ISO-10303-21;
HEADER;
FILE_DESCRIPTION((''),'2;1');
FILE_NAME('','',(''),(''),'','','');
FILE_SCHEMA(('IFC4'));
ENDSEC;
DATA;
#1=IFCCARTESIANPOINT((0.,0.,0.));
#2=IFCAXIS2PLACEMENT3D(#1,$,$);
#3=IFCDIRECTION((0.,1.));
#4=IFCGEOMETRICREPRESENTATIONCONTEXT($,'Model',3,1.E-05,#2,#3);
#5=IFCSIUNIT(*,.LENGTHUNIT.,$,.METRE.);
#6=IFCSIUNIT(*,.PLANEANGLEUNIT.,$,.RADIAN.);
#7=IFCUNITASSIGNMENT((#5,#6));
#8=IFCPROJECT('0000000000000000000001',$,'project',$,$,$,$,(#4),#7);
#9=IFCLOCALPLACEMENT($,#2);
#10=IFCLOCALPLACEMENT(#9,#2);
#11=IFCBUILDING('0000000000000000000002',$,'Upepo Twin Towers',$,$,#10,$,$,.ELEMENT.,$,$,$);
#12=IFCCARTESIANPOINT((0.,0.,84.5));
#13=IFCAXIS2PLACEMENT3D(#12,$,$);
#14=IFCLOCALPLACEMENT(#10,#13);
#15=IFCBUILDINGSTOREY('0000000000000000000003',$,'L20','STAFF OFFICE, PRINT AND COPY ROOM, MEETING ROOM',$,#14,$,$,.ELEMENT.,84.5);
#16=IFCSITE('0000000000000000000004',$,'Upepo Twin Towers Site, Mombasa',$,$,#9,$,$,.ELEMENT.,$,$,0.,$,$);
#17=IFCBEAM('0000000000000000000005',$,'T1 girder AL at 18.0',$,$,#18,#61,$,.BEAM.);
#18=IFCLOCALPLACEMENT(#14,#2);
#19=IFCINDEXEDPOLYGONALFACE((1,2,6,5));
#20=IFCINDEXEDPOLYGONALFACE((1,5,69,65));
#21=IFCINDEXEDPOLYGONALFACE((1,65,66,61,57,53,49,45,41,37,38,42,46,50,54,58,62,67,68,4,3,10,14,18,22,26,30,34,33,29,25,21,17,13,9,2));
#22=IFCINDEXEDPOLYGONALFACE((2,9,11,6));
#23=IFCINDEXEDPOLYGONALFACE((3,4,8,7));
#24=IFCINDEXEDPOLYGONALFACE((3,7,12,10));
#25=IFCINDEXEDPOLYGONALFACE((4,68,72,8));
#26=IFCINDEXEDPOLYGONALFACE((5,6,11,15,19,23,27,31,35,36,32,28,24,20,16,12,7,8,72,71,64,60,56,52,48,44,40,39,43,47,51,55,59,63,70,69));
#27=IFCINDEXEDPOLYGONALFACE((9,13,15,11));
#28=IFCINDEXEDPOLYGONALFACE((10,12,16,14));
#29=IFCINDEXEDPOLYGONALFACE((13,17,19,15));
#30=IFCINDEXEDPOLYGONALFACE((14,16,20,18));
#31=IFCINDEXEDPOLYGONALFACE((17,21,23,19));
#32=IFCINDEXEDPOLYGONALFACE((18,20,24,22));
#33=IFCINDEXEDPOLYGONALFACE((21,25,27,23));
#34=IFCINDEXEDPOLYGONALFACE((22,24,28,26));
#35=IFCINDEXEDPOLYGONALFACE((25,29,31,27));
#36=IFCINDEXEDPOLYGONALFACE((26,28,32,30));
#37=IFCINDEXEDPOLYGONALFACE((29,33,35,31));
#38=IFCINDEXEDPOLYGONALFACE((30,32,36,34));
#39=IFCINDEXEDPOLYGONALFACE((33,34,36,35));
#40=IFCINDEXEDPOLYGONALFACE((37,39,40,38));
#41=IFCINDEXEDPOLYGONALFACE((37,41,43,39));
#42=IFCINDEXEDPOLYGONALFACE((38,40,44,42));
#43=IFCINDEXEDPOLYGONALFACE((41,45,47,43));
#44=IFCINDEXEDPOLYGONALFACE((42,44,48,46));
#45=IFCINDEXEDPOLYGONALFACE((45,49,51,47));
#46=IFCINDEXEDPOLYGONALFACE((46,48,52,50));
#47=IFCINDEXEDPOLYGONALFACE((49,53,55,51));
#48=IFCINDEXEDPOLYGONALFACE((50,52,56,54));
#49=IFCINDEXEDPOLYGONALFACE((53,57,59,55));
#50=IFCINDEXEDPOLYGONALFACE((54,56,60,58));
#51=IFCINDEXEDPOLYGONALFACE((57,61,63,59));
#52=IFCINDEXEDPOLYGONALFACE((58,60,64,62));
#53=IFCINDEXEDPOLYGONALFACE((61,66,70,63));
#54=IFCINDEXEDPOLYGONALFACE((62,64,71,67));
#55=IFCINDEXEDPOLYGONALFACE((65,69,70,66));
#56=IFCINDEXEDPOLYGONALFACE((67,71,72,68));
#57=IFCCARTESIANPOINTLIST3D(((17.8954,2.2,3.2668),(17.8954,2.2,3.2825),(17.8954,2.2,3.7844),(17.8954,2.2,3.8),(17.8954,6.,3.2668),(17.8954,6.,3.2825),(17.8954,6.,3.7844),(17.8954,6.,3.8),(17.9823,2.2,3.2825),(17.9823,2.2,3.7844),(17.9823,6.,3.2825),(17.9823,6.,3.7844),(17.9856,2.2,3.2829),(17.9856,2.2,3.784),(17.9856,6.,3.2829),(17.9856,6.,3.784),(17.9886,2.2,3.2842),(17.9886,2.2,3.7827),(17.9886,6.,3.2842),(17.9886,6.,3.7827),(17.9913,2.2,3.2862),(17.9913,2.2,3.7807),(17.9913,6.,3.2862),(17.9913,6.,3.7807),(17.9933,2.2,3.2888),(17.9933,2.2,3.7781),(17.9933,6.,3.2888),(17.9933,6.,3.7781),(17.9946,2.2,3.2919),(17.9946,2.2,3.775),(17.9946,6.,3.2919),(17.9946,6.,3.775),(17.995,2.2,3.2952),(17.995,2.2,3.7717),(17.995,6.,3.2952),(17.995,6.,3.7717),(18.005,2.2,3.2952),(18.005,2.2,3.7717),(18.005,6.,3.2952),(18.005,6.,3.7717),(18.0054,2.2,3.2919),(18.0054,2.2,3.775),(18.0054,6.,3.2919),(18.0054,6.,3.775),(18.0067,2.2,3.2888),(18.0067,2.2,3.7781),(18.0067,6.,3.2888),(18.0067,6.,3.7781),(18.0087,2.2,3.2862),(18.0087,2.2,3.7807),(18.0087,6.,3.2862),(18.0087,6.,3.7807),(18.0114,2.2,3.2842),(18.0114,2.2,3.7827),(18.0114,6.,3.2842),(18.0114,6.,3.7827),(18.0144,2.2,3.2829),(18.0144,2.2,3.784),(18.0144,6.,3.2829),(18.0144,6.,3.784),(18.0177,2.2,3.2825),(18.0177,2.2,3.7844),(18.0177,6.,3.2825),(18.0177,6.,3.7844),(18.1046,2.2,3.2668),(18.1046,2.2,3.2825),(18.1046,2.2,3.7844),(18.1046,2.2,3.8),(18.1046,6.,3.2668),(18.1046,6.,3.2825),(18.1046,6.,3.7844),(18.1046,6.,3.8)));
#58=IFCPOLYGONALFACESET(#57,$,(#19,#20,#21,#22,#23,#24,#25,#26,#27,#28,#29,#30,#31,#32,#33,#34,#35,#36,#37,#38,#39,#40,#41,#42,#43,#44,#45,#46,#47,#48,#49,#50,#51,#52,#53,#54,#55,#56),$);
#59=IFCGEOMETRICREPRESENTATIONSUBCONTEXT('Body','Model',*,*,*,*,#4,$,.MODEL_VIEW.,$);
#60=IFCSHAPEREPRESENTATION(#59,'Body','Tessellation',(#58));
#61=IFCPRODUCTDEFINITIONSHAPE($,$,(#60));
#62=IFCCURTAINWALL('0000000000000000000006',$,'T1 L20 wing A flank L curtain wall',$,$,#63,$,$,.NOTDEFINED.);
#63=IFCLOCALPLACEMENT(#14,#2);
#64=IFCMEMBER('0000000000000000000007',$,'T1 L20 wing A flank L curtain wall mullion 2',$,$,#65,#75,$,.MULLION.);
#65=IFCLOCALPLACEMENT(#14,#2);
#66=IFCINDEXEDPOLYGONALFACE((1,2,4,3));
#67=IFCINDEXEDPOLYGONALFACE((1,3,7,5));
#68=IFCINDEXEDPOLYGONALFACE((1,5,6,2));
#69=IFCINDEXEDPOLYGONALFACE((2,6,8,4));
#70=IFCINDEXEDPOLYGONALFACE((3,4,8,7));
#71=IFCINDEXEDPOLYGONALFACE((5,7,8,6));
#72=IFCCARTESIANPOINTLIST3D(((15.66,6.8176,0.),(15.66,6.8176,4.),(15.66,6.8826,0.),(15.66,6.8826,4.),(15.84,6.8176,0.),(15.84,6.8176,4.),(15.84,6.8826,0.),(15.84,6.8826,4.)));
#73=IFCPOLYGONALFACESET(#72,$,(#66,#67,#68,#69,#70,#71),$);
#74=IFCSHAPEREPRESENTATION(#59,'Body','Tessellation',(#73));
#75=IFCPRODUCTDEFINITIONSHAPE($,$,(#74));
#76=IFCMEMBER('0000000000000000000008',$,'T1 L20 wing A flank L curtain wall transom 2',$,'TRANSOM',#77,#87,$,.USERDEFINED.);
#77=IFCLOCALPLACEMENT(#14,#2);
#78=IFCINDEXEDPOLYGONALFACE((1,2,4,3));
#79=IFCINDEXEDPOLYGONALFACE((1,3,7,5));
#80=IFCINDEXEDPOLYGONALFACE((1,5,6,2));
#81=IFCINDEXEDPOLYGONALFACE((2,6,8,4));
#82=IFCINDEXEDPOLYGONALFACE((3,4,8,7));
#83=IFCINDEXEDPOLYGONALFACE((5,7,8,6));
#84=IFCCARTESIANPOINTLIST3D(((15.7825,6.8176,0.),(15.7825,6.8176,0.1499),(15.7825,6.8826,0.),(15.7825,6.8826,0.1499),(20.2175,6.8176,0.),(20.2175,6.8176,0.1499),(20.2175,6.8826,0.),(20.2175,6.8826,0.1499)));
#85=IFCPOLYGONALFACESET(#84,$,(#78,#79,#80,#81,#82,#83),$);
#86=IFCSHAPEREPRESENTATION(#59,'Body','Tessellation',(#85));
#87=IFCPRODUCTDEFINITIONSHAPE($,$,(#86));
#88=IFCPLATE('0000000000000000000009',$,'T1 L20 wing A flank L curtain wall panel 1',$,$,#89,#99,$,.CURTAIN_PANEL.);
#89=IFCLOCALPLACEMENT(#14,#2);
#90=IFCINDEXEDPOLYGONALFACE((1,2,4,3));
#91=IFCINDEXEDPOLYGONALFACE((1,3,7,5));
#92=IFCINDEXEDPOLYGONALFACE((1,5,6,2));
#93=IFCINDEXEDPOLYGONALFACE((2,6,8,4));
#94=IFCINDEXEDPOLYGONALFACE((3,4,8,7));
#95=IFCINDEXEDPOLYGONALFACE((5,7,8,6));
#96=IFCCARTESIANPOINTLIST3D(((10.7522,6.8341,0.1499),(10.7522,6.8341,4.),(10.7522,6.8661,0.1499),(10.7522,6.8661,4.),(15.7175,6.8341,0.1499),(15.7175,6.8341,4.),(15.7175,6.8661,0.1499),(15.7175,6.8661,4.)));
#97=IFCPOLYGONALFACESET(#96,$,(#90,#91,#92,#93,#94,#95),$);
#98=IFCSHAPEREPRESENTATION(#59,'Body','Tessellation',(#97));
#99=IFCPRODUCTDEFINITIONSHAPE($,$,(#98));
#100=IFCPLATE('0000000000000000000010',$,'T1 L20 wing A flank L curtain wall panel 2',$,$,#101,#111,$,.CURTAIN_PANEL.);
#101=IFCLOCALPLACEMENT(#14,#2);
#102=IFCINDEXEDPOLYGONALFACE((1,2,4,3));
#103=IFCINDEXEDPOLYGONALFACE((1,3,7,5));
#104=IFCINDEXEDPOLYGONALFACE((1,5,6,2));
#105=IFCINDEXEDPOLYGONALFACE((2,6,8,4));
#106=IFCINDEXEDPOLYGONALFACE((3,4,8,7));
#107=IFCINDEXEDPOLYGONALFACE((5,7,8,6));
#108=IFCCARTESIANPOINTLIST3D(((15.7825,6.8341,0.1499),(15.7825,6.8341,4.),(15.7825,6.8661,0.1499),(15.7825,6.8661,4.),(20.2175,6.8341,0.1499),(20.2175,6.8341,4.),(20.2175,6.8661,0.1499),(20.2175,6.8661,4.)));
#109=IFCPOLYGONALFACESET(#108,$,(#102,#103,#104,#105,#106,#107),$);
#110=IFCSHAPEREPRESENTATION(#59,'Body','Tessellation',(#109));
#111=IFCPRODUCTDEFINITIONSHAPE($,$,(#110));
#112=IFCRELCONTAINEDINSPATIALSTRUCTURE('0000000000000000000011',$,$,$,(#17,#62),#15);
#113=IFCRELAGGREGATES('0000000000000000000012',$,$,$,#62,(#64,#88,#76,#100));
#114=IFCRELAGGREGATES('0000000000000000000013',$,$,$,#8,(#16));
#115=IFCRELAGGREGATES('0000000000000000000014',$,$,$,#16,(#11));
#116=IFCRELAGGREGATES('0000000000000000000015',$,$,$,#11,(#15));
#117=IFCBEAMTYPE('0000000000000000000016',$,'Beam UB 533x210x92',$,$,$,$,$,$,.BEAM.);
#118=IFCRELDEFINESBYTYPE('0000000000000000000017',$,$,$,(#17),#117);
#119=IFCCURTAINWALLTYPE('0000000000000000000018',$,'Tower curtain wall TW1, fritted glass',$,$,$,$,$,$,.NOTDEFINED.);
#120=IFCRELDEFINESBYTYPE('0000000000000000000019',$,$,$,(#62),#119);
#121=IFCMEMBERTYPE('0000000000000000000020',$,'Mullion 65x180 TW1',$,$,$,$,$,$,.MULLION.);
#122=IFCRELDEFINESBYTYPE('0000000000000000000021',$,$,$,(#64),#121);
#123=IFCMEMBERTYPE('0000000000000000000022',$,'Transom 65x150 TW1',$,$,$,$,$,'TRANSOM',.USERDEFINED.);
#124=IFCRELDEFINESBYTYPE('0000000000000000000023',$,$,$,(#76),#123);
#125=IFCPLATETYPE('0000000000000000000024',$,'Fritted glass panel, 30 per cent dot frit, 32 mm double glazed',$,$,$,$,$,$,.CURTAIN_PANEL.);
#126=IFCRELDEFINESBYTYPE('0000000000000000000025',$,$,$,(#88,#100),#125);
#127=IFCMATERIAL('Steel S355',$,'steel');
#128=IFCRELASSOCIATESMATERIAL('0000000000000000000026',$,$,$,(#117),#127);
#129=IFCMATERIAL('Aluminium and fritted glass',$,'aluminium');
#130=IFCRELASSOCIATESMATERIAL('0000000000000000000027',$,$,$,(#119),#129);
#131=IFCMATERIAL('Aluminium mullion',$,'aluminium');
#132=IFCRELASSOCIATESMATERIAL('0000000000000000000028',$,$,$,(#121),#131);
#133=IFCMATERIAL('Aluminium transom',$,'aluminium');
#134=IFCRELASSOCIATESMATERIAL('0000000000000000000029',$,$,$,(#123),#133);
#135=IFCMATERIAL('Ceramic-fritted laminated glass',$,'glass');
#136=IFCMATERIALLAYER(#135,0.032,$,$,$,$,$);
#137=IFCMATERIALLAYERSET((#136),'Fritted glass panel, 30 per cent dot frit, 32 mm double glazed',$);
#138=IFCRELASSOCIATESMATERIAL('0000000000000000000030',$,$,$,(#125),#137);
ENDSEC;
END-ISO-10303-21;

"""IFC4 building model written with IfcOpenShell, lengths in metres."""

from ifc_helpers import new_model, si_unit, direction, frame, origin, origin_2d, place, context, subcontext, project, spatial, rectangle, i_section, extrude, material, layer, layer_set, material_profile, profile_set, type_object, element, aggregate, save


model = new_model("IFC4")

# Units and contexts
model_context = context("Model", 3, precision=1e-05, world=origin(), true_north=direction((0.0, 1.0)))
body_context = subcontext(model_context, "Body", "Model", "MODEL_VIEW")
ifc_project = project(units=[si_unit("LENGTHUNIT", "METRE"), si_unit("PLANEANGLEUNIT", "RADIAN")], contexts=[model_context])

# Site, building, storey
site_placement = place(None, origin())
site = spatial("IfcSite", under=ifc_project, at=site_placement, Name="Upepo Twin Towers Site, Mombasa", CompositionType="ELEMENT", RefElevation=0.0)
building_placement = place(site_placement, origin())
building = spatial("IfcBuilding", under=site, at=building_placement, Name="Upepo Twin Towers", CompositionType="ELEMENT")
storey_placement = place(building_placement, frame((0.0, 0.0, 84.5)))
storey = spatial("IfcBuildingStorey", under=building, at=storey_placement, Name="L20", Description="STAFF OFFICE, PRINT AND COPY ROOM, MEETING ROOM", CompositionType="ELEMENT", Elevation=84.5)

# Beam
ifc_material_1 = material(Name="Steel S355", Category="steel")
ifc_material_profile_1 = material_profile(ifc_material_1, i_section(OverallWidth=0.2092, OverallDepth=0.5332, WebThickness=0.01, FlangeThickness=0.0156, FilletRadius=0.0127, at=origin_2d()), Name="UB 533x210x92")
ifc_profile_set_1 = profile_set([ifc_material_profile_1], Name="Steel S355")
beam_type_1 = type_object("IfcBeamType", Name="Beam UB 533x210x92", PredefinedType="BEAM", material=ifc_profile_set_1)
for number, where, z_axis, x_axis, name in (
    (1, (18.0, 6.0, 3.5334), (0.0, -1.0, 0.0), (1.0, 0.0, 0.0), "T1 girder AL at 18.0"),
):
    element("IfcBeam", number, at=place(storey_placement, frame(where, z_axis=z_axis, x_axis=x_axis)), inside=storey, type_object=beam_type_1, Name=name, PredefinedType="BEAM", context=body_context, shape_type="SweptSolid", body=[
        extrude(i_section(OverallWidth=0.2092, OverallDepth=0.5332, WebThickness=0.01, FlangeThickness=0.0156, FilletRadius=0.0127, at=origin_2d()), origin(), (0.0, 0.0, 1.0), 3.8),
    ])

# Curtain wall, members, plates
ifc_material_2 = material(Name="Aluminium and fritted glass", Category="aluminium")
curtain_wall_type = type_object("IfcCurtainWallType", Name="Tower curtain wall TW1, fritted glass", PredefinedType="NOTDEFINED", material=ifc_material_2)
curtain_wall_placement = place(storey_placement, origin())
curtain_wall = element("IfcCurtainWall", 2, at=curtain_wall_placement, inside=storey, type_object=curtain_wall_type, Name="T1 L20 wing A flank L curtain wall", PredefinedType="NOTDEFINED")
ifc_material_3 = material(Name="Aluminium mullion", Category="aluminium")
ifc_material_profile_2 = material_profile(ifc_material_3, rectangle(XDim=0.0649, YDim=0.1799, at=origin_2d()), Name="MULLION 65x180")
ifc_profile_set_2 = profile_set([ifc_material_profile_2], Name="Aluminium mullion")
member_type_1 = type_object("IfcMemberType", Name="Mullion 65x180 TW1", PredefinedType="MULLION", material=ifc_profile_set_2)
member_1_placement = place(storey_placement, frame((15.75, 6.8501, 0.0), z_axis=(0.0, 0.0, 1.0), x_axis=(0.0, 1.0, 0.0)))
member_1 = element("IfcMember", 3, at=member_1_placement, type_object=member_type_1, Name="T1 L20 wing A flank L curtain wall mullion 2", PredefinedType="MULLION", context=body_context, shape_type="SweptSolid", body=[
    extrude(rectangle(XDim=0.0649, YDim=0.1799, at=origin_2d()), origin(), (0.0, 0.0, 1.0), 4.0),
])
ifc_material_4 = material(Name="Aluminium transom", Category="aluminium")
ifc_material_profile_3 = material_profile(ifc_material_4, rectangle(XDim=0.0649, YDim=0.1499, at=origin_2d()), Name="TRANSOM 65x150")
ifc_profile_set_3 = profile_set([ifc_material_profile_3], Name="Aluminium transom")
member_type_2 = type_object("IfcMemberType", Name="Transom 65x150 TW1", ElementType="TRANSOM", PredefinedType="USERDEFINED", material=ifc_profile_set_3)
member_2_placement = place(storey_placement, frame((15.7825, 6.8501, 0.075), z_axis=(1.0, 0.0, 0.0), x_axis=(0.0, 1.0, 0.0)))
member_2 = element("IfcMember", 4, at=member_2_placement, type_object=member_type_2, Name="T1 L20 wing A flank L curtain wall transom 2", ObjectType="TRANSOM", PredefinedType="USERDEFINED", context=body_context, shape_type="SweptSolid", body=[
    extrude(rectangle(XDim=0.0649, YDim=0.1499, at=origin_2d()), origin(), (0.0, 0.0, 1.0), 4.4351),
])
ifc_material_5 = material(Name="Ceramic-fritted laminated glass", Category="glass")
ifc_layer_1 = layer(ifc_material_5, 0.032)
ifc_layer_set_1 = layer_set([ifc_layer_1], Name="Fritted glass panel, 30 per cent dot frit, 32 mm double glazed")
plate_type = type_object("IfcPlateType", Name="Fritted glass panel, 30 per cent dot frit, 32 mm double glazed", PredefinedType="CURTAIN_PANEL", material=ifc_layer_set_1)
plate_1_placement = place(storey_placement, frame((13.2349, 6.8501, 0.1499), z_axis=(0.0, 0.0, 1.0), x_axis=(1.0, 0.0, 0.0)))
plate_1 = element("IfcPlate", 5, at=plate_1_placement, type_object=plate_type, Name="T1 L20 wing A flank L curtain wall panel 1", PredefinedType="CURTAIN_PANEL", context=body_context, shape_type="SweptSolid", body=[
    extrude(rectangle(XDim=4.9653, YDim=0.032, at=origin_2d()), origin(), (0.0, 0.0, 1.0), 3.8501),
])
plate_2_placement = place(storey_placement, frame((18.0, 6.8501, 0.1499), z_axis=(0.0, 0.0, 1.0), x_axis=(1.0, 0.0, 0.0)))
plate_2 = element("IfcPlate", 6, at=plate_2_placement, type_object=plate_type, Name="T1 L20 wing A flank L curtain wall panel 2", PredefinedType="CURTAIN_PANEL", context=body_context, shape_type="SweptSolid", body=[
    extrude(rectangle(XDim=4.4351, YDim=0.032, at=origin_2d()), origin(), (0.0, 0.0, 1.0), 3.8501),
])
aggregate(curtain_wall, [member_1, plate_1, member_2, plate_2])

save(model, "model.ifc")
